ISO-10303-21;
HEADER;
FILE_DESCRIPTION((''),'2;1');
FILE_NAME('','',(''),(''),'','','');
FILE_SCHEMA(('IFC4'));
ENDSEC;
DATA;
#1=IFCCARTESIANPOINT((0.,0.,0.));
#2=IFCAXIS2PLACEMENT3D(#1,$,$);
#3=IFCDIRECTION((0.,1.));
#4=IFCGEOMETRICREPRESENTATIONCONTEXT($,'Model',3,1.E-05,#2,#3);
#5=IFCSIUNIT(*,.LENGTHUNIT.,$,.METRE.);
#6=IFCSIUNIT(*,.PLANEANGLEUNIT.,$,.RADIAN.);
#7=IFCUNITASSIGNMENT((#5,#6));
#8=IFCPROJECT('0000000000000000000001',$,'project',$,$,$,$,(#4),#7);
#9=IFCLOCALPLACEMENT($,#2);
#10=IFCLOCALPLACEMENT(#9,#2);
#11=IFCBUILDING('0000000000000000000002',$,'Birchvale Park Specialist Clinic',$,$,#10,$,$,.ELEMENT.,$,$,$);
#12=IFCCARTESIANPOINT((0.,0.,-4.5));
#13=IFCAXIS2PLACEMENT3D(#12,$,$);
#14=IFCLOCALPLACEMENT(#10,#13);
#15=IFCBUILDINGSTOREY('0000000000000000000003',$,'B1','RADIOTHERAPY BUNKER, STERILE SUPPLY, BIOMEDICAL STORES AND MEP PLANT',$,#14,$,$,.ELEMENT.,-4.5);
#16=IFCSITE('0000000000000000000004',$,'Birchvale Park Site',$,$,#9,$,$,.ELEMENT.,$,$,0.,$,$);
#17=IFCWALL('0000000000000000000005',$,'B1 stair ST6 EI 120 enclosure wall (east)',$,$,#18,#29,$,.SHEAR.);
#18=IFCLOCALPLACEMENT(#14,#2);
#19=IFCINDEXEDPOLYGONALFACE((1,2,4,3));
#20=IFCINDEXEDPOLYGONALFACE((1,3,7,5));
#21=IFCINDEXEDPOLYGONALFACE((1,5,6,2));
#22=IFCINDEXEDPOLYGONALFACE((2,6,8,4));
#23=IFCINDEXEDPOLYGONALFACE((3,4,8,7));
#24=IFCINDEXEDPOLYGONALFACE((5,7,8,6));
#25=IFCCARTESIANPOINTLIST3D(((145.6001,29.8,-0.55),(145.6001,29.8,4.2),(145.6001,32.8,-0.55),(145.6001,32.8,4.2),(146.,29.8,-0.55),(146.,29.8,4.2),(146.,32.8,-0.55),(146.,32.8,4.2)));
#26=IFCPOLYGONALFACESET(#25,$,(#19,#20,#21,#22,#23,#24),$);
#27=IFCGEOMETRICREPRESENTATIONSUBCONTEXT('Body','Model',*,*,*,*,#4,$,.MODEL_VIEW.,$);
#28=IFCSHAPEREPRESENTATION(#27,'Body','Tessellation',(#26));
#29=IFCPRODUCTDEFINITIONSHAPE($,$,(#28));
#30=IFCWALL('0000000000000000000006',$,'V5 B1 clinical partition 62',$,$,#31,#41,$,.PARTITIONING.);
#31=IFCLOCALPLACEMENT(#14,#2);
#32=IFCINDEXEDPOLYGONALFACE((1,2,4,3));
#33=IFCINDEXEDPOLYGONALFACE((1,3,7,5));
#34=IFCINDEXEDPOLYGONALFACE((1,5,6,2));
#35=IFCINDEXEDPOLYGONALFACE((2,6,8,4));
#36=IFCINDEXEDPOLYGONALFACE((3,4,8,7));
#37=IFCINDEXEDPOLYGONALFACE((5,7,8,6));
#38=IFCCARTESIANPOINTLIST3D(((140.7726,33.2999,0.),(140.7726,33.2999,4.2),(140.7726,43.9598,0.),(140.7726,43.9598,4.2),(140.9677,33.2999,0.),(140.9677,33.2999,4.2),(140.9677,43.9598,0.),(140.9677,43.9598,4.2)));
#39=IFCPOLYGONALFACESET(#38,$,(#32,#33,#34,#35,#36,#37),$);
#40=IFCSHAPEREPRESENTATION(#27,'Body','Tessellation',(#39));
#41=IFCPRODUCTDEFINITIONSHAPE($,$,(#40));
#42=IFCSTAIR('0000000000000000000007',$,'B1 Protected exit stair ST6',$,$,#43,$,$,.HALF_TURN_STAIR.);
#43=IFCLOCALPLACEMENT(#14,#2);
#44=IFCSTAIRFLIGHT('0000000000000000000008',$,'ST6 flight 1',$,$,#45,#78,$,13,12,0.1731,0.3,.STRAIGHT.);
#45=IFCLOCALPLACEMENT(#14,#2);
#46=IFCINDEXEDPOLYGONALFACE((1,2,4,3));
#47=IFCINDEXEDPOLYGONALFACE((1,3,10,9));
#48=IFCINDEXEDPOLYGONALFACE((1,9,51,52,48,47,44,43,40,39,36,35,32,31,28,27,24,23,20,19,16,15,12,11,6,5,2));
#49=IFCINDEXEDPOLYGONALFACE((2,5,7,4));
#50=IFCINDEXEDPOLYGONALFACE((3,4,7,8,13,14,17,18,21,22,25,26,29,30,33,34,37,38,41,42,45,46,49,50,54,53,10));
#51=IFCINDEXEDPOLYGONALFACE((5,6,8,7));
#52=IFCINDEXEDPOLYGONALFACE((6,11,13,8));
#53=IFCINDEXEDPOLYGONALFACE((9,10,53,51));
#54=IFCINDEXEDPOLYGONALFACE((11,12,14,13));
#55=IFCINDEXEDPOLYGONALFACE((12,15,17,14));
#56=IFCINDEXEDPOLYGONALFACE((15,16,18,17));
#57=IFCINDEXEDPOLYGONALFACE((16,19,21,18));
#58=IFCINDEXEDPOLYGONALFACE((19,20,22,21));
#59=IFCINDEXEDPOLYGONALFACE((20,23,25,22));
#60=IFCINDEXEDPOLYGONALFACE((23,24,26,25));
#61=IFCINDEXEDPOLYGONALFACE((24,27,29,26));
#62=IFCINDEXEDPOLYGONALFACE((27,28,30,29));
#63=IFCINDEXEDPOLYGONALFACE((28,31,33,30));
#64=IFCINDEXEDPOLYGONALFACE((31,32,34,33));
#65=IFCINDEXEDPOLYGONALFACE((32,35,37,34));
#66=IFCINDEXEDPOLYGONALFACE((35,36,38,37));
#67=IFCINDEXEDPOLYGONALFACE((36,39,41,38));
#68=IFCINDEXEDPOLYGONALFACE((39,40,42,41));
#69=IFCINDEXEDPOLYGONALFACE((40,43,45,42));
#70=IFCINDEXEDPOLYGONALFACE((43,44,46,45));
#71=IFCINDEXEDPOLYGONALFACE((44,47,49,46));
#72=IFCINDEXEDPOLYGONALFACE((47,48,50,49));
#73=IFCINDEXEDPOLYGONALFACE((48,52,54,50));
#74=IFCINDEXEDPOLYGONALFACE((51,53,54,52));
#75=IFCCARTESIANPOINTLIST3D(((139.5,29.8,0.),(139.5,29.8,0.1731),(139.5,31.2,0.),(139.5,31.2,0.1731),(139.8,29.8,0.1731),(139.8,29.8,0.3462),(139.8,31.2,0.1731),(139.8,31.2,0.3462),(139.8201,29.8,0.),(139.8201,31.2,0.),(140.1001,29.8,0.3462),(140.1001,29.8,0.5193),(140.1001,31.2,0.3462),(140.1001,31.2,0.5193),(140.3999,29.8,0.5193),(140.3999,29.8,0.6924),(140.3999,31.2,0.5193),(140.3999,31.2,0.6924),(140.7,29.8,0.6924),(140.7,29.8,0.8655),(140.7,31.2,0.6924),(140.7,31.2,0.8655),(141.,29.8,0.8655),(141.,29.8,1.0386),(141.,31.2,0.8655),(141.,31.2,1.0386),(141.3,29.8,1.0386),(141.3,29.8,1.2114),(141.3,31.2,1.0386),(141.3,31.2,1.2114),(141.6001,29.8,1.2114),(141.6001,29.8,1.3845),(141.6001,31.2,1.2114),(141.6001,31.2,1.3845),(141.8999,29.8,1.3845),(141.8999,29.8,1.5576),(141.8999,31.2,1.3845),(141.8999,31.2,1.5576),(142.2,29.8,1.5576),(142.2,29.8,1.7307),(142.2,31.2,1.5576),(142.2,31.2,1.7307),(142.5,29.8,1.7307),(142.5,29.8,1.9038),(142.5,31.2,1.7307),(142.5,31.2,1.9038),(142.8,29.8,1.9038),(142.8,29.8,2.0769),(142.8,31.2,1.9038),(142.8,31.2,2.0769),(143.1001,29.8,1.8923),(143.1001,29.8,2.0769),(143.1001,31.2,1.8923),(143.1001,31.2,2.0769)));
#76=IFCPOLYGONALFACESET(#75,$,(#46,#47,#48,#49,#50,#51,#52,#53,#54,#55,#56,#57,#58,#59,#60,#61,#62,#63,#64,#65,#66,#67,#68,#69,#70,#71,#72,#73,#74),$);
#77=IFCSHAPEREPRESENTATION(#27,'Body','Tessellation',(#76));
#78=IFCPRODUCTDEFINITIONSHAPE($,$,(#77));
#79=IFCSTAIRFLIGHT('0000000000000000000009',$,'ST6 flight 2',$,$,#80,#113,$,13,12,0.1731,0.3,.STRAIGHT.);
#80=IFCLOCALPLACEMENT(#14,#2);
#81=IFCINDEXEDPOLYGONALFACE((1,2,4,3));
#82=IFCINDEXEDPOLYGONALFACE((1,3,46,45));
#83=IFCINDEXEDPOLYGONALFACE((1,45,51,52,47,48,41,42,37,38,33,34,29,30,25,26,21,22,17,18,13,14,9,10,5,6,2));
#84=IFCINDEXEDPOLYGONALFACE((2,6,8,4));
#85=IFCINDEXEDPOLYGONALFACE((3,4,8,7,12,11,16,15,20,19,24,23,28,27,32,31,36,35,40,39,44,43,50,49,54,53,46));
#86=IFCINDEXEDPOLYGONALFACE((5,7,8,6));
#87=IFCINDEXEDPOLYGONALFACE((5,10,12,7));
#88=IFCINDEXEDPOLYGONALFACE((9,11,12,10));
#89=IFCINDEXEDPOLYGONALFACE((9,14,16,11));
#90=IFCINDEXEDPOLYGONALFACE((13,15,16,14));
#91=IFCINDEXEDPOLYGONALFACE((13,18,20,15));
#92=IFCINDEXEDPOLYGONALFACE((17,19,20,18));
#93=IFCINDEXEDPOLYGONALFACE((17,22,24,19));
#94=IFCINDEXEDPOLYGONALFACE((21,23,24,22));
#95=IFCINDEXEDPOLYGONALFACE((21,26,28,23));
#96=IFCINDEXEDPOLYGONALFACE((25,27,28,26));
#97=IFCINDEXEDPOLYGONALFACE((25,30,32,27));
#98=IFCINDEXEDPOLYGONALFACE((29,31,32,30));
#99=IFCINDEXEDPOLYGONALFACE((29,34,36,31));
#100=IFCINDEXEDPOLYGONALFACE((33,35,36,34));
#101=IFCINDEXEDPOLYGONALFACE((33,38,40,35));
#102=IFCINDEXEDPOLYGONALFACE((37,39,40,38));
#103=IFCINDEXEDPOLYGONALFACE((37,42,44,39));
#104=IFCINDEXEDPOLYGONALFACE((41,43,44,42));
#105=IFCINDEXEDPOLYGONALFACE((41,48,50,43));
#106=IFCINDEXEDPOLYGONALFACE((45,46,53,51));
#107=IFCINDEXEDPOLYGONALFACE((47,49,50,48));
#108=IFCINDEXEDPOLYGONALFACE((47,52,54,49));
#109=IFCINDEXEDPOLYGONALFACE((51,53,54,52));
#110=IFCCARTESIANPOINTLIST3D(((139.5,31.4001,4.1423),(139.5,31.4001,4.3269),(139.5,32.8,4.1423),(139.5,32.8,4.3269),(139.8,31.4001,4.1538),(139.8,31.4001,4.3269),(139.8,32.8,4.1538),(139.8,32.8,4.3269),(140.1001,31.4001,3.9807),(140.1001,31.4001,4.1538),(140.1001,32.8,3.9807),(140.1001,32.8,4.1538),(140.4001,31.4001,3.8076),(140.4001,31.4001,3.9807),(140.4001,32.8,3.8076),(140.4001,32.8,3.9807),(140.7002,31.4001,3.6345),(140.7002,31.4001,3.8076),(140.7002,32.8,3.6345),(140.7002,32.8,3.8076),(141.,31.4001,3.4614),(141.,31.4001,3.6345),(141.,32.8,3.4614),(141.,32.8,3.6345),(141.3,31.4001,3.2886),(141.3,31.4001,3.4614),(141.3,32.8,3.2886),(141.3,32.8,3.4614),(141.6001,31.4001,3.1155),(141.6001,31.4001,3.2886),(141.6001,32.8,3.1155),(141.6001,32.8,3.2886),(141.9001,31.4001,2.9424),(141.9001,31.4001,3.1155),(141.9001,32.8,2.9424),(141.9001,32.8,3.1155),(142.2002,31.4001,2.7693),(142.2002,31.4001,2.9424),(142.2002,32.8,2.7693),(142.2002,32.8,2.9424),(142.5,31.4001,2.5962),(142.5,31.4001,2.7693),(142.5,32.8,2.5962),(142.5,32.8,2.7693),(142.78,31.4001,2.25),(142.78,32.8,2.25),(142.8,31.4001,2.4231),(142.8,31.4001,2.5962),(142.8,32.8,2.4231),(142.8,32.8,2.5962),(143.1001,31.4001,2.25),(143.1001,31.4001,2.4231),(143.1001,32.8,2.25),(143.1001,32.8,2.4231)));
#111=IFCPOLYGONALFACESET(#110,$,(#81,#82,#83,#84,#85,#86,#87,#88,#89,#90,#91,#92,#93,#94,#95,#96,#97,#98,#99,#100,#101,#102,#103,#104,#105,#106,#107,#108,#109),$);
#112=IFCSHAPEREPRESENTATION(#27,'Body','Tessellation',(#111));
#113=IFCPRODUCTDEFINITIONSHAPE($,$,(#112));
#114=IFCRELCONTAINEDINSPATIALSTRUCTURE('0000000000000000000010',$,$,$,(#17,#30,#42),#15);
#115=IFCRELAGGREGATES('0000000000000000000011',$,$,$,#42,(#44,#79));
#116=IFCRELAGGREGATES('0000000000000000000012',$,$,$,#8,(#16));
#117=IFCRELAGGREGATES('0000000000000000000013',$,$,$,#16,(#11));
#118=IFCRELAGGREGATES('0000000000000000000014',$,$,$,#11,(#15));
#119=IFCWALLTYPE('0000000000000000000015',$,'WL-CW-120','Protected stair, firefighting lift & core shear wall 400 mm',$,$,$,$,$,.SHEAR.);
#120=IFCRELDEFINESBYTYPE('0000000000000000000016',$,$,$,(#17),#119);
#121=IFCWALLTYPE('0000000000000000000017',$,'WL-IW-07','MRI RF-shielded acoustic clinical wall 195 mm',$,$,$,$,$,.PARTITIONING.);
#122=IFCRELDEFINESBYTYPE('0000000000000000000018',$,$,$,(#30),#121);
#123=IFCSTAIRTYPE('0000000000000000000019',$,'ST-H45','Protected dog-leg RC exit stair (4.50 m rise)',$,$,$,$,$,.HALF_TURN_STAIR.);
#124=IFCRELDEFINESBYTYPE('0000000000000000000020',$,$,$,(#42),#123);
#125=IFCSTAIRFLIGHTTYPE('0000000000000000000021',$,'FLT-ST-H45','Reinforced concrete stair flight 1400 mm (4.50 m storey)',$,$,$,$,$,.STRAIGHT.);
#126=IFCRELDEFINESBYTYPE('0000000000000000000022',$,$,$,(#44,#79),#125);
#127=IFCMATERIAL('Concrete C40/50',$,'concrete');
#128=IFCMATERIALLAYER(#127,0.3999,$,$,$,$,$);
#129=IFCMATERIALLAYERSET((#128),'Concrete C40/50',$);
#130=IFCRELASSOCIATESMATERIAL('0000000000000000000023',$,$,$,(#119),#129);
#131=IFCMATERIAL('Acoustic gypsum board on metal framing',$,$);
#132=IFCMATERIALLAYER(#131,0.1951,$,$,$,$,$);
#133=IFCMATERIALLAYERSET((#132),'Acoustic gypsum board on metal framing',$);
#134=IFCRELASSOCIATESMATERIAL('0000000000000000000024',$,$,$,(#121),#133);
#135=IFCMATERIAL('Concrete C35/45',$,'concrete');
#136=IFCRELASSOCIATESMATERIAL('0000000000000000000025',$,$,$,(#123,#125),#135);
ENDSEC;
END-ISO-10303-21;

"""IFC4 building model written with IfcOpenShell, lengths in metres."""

from ifc_helpers import new_model, si_unit, direction, frame, frame_2d, origin, place, context, subcontext, project, spatial, polyline, rectangle, outline, extrude, material, layer, layer_set, type_object, element, aggregate, save


model = new_model("IFC4")

# Units and contexts
model_context = context("Model", 3, precision=1e-05, world=origin(), true_north=direction((0.0, 1.0)))
body_context = subcontext(model_context, "Body", "Model", "MODEL_VIEW")
ifc_project = project(units=[si_unit("LENGTHUNIT", "METRE"), si_unit("PLANEANGLEUNIT", "RADIAN")], contexts=[model_context])

# Site, building, storey
site_placement = place(None, origin())
site = spatial("IfcSite", under=ifc_project, at=site_placement, Name="Birchvale Park Site", CompositionType="ELEMENT", RefElevation=0.0)
building_placement = place(site_placement, origin())
building = spatial("IfcBuilding", under=site, at=building_placement, Name="Birchvale Park Specialist Clinic", CompositionType="ELEMENT")
storey_placement = place(building_placement, frame((0.0, 0.0, -4.5)))
storey = spatial("IfcBuildingStorey", under=building, at=storey_placement, Name="B1", Description="RADIOTHERAPY BUNKER, STERILE SUPPLY, BIOMEDICAL STORES AND MEP PLANT", CompositionType="ELEMENT", Elevation=-4.5)

# Shared definitions
ifc_material_1 = material(Name="Concrete C40/50", Category="concrete")

# Walls
ifc_layer_1 = layer(ifc_material_1, 0.3999)
ifc_layer_set_1 = layer_set([ifc_layer_1], Name="Concrete C40/50")
wall_type_1 = type_object("IfcWallType", Name="WL-CW-120", Description="Protected stair, firefighting lift & core shear wall 400 mm", PredefinedType="SHEAR", material=ifc_layer_set_1)
wall_1_placement = place(storey_placement, frame((145.8, 32.8, -0.55), z_axis=(0.0, 0.0, 1.0), x_axis=(0.0, -1.0, 0.0)))
element("IfcWall", 1, at=wall_1_placement, inside=storey, type_object=wall_type_1, Name="B1 stair ST6 EI 120 enclosure wall (east)", PredefinedType="SHEAR", context=body_context, shape_type="SweptSolid", body=[
    extrude(rectangle(XDim=3.0, YDim=0.3999, at=frame_2d((1.5, 0.0))), origin(), (0.0, 0.0, 1.0), 4.75),
])
ifc_material_2 = material(Name="Acoustic gypsum board on metal framing")
ifc_layer_2 = layer(ifc_material_2, 0.1951)
ifc_layer_set_2 = layer_set([ifc_layer_2], Name="Acoustic gypsum board on metal framing")
wall_type_2 = type_object("IfcWallType", Name="WL-IW-07", Description="MRI RF-shielded acoustic clinical wall 195 mm", PredefinedType="PARTITIONING", material=ifc_layer_set_2)
wall_2_placement = place(storey_placement, frame((140.8701, 43.96, 0.0), z_axis=(0.0, 0.0, 1.0), x_axis=(0.0, -1.0, 0.0)))
element("IfcWall", 2, at=wall_2_placement, inside=storey, type_object=wall_type_2, Name="V5 B1 clinical partition 62", PredefinedType="PARTITIONING", context=body_context, shape_type="SweptSolid", body=[
    extrude(rectangle(XDim=10.6599, YDim=0.1951, at=frame_2d((5.3301, 0.0))), origin(), (0.0, 0.0, 1.0), 4.2),
])

# Stair, stair flights
ifc_material_3 = material(Name="Concrete C35/45", Category="concrete")
stair_type = type_object("IfcStairType", Name="ST-H45", Description="Protected dog-leg RC exit stair (4.50 m rise)", PredefinedType="HALF_TURN_STAIR", material=ifc_material_3)
stair_placement = place(storey_placement, origin())
stair = element("IfcStair", 3, at=stair_placement, inside=storey, type_object=stair_type, Name="B1 Protected exit stair ST6", PredefinedType="HALF_TURN_STAIR")
stair_flight_type = type_object("IfcStairFlightType", Name="FLT-ST-H45", Description="Reinforced concrete stair flight 1400 mm (4.50 m storey)", PredefinedType="STRAIGHT", material=ifc_material_3)
stair_flight_1_placement = place(storey_placement, frame((139.5, 30.5, 0.0), z_axis=(0.0, 0.0, 1.0), x_axis=(1.0, 0.0, 0.0)))
stair_flight_1 = element("IfcStairFlight", 4, at=stair_flight_1_placement, type_object=stair_flight_type, Name="ST6 flight 1", NumberOfRisers=13, NumberOfTreads=12, PredefinedType="STRAIGHT", RiserHeight=0.1731, TreadLength=0.3, context=body_context, shape_type="SweptSolid", body=[
    extrude(outline(polyline([(0.0, 0.0), (0.0, 0.1731), (0.3, 0.1731), (0.3, 0.3462), (0.6001, 0.3462), (0.6001, 0.5193), (0.8999, 0.5193), (0.8999, 0.6924), (1.2, 0.6924), (1.2, 0.8655), (1.5, 0.8655), (1.5, 1.0386), (1.8, 1.0386), (1.8, 1.2114), (2.1001, 1.2114), (2.1001, 1.3845), (2.3999, 1.3845), (2.3999, 1.5576), (2.7, 1.5576), (2.7, 1.7307), (3.0, 1.7307), (3.0, 1.9038), (3.3, 1.9038), (3.3, 2.0769), (3.6001, 2.0769), (3.6001, 2.25), (3.6001, 1.8923), (0.3201, 0.0), (0.0, 0.0)])), frame((0.0, 0.7, 0.0), z_axis=(0.0, -1.0, 0.0), x_axis=(1.0, 0.0, 0.0)), (0.0, 0.0, 1.0), 1.3999),
])
stair_flight_2_placement = place(storey_placement, frame((143.1001, 32.1001, 2.25), z_axis=(0.0, 0.0, 1.0), x_axis=(-1.0, 0.0, 0.0)))
stair_flight_2 = element("IfcStairFlight", 5, at=stair_flight_2_placement, type_object=stair_flight_type, Name="ST6 flight 2", NumberOfRisers=13, NumberOfTreads=12, PredefinedType="STRAIGHT", RiserHeight=0.1731, TreadLength=0.3, context=body_context, shape_type="SweptSolid", body=[
    extrude(outline(polyline([(0.0, 0.0), (0.0, 0.1731), (0.3, 0.1731), (0.3, 0.3462), (0.6001, 0.3462), (0.6001, 0.5193), (0.8999, 0.5193), (0.8999, 0.6924), (1.2, 0.6924), (1.2, 0.8655), (1.5, 0.8655), (1.5, 1.0386), (1.8, 1.0386), (1.8, 1.2114), (2.1001, 1.2114), (2.1001, 1.3845), (2.3999, 1.3845), (2.3999, 1.5576), (2.7, 1.5576), (2.7, 1.7307), (3.0, 1.7307), (3.0, 1.9038), (3.3, 1.9038), (3.3, 2.0769), (3.6001, 2.0769), (3.6001, 2.25), (3.6001, 1.8923), (0.3201, 0.0), (0.0, 0.0)])), frame((0.0, 0.7, 0.0), z_axis=(0.0, -1.0, 0.0), x_axis=(1.0, 0.0, 0.0)), (0.0, 0.0, 1.0), 1.3999),
])
aggregate(stair, [stair_flight_1, stair_flight_2])

save(model, "model.ifc")
